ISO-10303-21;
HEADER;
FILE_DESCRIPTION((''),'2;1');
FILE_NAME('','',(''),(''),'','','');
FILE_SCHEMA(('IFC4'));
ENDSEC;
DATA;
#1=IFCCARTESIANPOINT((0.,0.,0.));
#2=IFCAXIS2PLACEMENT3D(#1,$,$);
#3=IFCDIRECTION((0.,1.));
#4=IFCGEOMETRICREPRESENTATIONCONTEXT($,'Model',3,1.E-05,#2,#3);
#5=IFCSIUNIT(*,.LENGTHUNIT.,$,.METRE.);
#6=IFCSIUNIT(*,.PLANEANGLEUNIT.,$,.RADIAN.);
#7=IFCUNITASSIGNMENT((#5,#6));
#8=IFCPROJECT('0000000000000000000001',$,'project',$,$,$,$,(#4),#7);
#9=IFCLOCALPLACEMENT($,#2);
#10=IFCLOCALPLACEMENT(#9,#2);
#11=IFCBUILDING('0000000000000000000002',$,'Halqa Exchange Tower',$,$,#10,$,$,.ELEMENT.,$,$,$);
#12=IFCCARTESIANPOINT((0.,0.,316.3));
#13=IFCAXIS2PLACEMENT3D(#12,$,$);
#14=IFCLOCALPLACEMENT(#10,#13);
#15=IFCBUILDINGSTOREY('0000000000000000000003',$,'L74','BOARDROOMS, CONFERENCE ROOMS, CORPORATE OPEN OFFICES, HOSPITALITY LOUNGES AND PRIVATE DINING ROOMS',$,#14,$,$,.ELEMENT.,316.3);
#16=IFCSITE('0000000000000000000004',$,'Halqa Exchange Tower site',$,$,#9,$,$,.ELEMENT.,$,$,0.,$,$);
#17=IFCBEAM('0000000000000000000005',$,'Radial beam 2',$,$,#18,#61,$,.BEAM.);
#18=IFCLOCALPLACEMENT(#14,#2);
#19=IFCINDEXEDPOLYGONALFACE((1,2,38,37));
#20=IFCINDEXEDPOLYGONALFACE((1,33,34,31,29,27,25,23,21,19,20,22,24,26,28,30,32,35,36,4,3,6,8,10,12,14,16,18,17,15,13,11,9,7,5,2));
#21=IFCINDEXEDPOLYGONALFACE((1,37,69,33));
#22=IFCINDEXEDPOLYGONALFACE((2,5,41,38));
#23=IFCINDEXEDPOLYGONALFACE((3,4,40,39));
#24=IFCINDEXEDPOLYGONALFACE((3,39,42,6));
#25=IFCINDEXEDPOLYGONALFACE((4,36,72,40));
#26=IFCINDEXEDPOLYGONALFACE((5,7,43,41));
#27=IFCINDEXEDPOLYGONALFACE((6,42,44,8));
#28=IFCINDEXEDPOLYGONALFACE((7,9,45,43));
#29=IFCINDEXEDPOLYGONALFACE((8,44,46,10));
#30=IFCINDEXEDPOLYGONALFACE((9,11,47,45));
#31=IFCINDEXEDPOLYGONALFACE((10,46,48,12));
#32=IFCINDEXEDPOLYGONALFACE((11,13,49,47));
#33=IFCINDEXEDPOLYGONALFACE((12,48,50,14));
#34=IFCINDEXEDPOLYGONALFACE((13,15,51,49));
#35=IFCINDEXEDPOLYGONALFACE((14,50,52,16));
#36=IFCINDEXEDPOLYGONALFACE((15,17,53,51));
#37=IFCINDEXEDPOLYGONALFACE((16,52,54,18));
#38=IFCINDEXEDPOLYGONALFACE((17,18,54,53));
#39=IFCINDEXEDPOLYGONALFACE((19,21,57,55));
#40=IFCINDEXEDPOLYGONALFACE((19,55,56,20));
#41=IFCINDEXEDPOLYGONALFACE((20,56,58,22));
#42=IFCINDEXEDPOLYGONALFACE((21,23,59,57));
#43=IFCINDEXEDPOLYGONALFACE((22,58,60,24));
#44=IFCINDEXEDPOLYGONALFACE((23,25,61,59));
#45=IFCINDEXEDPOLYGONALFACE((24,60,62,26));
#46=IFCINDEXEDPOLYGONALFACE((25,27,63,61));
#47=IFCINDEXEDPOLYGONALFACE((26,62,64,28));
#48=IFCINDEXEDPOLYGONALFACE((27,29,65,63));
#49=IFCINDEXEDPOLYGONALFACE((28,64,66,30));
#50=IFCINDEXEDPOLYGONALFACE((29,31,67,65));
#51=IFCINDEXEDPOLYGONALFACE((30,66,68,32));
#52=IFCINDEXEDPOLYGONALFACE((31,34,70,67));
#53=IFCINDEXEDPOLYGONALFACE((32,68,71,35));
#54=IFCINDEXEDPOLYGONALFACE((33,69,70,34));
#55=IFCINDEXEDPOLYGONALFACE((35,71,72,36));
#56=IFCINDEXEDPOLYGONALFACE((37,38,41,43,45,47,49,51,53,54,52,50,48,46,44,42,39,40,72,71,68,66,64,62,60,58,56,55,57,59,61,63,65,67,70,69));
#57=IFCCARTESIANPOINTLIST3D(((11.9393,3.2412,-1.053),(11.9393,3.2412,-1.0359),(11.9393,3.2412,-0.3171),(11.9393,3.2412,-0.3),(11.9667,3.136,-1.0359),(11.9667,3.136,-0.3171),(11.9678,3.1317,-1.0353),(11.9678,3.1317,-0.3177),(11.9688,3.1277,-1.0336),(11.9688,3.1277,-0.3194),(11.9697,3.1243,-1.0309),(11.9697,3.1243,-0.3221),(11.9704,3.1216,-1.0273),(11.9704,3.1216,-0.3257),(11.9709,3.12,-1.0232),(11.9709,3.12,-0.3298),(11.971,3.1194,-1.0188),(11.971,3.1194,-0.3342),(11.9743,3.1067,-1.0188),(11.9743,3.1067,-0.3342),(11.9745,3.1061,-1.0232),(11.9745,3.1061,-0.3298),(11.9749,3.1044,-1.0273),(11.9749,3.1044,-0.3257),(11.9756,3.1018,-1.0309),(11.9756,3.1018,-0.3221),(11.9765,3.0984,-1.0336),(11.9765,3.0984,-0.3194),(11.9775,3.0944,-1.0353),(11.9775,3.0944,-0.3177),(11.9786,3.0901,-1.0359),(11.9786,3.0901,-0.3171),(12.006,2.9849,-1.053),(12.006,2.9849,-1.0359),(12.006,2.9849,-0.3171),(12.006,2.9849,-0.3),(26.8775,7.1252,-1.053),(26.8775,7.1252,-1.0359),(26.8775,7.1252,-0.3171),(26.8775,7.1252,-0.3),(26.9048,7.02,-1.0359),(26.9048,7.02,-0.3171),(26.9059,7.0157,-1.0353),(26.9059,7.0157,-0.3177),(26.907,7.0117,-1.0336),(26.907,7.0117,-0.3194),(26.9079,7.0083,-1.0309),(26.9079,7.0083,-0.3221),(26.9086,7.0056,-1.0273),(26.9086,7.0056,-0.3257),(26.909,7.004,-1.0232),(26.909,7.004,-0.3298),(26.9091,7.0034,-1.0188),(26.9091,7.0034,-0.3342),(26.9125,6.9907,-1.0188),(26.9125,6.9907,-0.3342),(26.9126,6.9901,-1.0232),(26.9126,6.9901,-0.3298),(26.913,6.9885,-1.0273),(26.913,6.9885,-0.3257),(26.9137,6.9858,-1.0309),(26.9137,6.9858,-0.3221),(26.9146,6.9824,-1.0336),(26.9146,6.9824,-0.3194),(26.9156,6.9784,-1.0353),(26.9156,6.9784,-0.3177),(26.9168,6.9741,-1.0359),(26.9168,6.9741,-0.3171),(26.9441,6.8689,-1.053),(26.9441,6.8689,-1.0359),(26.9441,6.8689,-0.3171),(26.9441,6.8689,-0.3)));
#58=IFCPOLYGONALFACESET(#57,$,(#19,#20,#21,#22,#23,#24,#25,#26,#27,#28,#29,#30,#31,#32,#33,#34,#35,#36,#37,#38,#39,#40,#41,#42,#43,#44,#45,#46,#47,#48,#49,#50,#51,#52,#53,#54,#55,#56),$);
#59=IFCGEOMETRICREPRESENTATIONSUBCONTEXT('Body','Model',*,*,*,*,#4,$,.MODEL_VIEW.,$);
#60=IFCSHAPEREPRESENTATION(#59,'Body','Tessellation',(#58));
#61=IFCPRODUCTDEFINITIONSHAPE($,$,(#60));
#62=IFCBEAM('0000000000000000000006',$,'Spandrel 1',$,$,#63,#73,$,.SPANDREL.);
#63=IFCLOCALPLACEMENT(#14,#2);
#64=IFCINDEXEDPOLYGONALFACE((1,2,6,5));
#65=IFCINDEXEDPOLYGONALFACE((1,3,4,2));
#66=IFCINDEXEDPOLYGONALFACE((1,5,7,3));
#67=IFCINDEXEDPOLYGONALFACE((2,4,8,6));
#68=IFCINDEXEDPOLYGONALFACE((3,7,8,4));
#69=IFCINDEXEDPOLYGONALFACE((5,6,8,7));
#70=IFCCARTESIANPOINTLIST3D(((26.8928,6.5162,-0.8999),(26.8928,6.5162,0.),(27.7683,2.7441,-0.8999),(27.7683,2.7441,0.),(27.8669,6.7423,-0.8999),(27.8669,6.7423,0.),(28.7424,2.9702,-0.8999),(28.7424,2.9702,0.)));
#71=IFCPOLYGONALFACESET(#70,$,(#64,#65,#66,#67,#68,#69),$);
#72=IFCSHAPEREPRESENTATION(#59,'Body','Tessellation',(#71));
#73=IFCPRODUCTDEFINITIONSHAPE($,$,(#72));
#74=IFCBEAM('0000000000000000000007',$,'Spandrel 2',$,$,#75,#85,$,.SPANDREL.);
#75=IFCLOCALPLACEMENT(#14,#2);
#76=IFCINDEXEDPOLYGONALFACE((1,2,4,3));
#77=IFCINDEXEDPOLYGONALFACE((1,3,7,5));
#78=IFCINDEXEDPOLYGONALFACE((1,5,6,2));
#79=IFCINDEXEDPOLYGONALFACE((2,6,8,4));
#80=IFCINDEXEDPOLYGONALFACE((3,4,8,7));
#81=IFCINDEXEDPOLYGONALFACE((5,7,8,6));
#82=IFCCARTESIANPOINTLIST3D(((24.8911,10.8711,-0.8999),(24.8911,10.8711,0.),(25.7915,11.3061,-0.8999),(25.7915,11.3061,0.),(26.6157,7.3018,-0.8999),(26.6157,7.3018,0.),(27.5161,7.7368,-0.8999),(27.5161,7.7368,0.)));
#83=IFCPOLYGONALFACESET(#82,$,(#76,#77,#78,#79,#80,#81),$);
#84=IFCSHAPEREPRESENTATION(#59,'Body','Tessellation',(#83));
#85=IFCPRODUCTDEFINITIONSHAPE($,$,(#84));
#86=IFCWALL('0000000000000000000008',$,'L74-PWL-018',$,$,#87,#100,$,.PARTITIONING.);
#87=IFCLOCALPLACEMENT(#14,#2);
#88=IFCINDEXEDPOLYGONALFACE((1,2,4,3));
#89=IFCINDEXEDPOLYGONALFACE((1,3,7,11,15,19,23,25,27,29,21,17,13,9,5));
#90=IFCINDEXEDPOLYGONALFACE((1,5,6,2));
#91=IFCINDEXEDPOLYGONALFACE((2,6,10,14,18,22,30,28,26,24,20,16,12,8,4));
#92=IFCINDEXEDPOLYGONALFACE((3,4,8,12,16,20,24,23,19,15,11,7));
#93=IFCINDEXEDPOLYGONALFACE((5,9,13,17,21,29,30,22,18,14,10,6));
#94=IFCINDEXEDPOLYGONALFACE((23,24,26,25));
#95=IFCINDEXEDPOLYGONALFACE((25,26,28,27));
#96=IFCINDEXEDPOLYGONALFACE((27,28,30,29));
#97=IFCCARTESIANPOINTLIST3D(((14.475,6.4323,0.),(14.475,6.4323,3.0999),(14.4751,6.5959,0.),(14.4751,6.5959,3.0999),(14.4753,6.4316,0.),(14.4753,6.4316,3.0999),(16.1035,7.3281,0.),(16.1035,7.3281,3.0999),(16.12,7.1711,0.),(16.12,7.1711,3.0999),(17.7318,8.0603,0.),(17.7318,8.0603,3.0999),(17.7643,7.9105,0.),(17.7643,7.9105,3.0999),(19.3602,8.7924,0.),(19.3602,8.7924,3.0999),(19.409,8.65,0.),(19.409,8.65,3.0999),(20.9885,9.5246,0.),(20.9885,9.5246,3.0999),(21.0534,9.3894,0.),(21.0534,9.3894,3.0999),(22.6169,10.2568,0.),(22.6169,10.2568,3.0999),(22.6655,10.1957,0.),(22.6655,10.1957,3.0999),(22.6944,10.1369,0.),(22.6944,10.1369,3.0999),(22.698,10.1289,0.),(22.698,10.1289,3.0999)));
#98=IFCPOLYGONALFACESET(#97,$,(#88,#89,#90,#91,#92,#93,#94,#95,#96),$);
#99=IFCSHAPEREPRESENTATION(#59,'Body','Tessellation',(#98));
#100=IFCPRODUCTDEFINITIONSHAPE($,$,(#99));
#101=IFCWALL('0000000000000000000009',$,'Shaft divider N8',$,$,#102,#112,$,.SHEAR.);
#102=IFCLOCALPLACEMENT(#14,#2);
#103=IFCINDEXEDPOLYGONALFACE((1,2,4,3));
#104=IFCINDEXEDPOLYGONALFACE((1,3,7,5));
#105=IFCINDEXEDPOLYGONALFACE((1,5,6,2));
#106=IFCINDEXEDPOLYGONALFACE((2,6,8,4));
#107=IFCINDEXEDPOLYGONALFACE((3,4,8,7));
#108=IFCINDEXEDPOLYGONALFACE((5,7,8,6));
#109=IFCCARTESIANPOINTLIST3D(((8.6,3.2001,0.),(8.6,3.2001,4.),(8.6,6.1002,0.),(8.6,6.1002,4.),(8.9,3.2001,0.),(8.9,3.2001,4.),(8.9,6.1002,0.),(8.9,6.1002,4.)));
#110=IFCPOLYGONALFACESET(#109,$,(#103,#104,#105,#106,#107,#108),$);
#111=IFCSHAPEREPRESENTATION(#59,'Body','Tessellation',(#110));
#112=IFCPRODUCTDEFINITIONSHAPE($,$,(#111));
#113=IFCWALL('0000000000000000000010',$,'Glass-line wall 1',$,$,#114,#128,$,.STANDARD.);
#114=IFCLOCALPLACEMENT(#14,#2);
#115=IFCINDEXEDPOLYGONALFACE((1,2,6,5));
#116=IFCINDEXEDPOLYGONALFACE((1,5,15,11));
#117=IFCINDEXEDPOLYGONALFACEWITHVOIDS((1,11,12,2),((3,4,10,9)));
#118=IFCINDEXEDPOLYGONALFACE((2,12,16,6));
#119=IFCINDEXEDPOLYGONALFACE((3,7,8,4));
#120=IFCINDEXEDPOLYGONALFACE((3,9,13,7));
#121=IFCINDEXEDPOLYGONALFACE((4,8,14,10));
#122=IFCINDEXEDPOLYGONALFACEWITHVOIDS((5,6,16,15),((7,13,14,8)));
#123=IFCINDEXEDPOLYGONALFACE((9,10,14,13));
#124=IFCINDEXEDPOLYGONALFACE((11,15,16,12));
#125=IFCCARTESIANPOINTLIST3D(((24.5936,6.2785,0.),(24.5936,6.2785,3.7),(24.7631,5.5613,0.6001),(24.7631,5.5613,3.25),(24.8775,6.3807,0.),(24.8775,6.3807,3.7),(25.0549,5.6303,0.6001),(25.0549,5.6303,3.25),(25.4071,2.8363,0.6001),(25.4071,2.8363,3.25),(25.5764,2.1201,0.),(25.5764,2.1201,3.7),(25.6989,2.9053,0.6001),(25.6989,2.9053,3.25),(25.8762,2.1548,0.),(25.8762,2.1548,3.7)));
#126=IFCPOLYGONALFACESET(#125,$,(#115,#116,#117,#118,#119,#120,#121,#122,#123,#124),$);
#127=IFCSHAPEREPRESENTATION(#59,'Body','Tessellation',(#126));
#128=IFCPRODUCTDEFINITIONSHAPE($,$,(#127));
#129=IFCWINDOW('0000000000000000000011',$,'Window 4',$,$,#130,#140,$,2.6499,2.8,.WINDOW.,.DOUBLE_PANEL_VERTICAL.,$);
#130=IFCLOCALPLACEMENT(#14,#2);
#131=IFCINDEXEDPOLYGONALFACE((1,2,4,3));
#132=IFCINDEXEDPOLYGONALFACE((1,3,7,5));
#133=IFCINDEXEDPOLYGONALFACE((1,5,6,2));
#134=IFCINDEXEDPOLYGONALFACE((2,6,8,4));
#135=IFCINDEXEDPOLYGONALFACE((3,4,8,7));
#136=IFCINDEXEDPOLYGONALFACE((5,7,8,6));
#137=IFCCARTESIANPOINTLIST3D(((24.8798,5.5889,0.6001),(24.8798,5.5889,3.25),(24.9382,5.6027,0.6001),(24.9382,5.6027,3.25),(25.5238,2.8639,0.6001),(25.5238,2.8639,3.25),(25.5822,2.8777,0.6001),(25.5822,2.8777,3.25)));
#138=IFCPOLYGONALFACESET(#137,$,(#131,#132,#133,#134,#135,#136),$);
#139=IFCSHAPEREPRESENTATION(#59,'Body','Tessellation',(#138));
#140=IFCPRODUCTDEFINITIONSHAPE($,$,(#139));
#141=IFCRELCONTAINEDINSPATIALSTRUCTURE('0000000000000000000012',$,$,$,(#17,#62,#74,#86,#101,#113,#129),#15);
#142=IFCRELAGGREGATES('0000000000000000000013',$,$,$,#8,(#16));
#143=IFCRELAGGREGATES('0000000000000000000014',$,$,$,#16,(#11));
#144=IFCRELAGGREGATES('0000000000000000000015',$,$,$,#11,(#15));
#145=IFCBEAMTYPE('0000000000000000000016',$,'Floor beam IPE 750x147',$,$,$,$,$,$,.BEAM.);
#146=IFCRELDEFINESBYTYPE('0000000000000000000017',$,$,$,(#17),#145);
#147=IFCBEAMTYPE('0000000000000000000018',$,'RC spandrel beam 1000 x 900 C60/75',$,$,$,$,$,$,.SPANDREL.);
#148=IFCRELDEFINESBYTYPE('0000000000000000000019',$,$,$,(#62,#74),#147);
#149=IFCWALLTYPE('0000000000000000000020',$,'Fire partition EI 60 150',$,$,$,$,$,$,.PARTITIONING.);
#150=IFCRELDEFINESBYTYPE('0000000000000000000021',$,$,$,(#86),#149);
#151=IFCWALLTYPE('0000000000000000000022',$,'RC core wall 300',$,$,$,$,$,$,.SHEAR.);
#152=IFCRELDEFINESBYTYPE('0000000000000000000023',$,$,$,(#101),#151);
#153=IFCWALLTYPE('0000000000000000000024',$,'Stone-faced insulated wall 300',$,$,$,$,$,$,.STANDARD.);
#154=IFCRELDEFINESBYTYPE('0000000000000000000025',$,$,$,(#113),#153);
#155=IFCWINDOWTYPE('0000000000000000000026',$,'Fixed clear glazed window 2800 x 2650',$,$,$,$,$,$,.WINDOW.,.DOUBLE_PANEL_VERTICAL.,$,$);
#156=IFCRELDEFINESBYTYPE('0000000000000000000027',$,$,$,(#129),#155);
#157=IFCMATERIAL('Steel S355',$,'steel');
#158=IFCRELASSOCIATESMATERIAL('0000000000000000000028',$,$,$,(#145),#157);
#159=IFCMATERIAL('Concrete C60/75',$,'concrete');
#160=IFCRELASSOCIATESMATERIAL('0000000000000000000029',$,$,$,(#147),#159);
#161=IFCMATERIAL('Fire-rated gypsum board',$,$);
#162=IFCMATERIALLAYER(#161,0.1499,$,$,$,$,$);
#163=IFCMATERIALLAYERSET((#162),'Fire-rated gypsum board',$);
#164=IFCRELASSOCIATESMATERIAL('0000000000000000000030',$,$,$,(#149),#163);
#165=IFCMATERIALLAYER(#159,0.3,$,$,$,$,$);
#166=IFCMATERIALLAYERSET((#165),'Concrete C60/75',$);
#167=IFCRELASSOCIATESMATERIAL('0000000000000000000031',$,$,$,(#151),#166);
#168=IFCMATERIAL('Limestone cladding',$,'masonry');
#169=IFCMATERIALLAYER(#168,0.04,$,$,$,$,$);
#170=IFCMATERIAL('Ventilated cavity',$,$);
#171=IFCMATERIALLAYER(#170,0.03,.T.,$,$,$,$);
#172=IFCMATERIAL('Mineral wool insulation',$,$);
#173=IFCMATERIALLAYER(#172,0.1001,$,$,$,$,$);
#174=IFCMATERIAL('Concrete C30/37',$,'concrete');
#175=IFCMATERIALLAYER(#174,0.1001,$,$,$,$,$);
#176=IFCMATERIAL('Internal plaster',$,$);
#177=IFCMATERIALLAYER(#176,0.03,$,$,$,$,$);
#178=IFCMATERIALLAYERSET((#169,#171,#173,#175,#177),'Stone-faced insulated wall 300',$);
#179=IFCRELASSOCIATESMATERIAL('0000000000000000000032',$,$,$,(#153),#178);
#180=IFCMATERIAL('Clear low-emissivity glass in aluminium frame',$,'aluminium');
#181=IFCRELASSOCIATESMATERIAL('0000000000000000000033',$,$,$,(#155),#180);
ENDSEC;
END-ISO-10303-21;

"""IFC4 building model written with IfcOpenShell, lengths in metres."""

from ifc_helpers import new_model, si_unit, direction, frame, frame_2d, origin, origin_2d, place, context, subcontext, project, spatial, polyline, rectangle, i_section, outline, extrude, material, layer, layer_set, material_profile, profile_set, type_object, element, fill, save


model = new_model("IFC4")

# Units and contexts
model_context = context("Model", 3, precision=1e-05, world=origin(), true_north=direction((0.0, 1.0)))
body_context = subcontext(model_context, "Body", "Model", "MODEL_VIEW")
ifc_project = project(units=[si_unit("LENGTHUNIT", "METRE"), si_unit("PLANEANGLEUNIT", "RADIAN")], contexts=[model_context])

# Site, building, storey
site_placement = place(None, origin())
site = spatial("IfcSite", under=ifc_project, at=site_placement, Name="Halqa Exchange Tower site", CompositionType="ELEMENT", RefElevation=0.0)
building_placement = place(site_placement, origin())
building = spatial("IfcBuilding", under=site, at=building_placement, Name="Halqa Exchange Tower", CompositionType="ELEMENT")
storey_placement = place(building_placement, frame((0.0, 0.0, 316.3)))
storey = spatial("IfcBuildingStorey", under=building, at=storey_placement, Name="L74", Description="BOARDROOMS, CONFERENCE ROOMS, CORPORATE OPEN OFFICES, HOSPITALITY LOUNGES AND PRIVATE DINING ROOMS", CompositionType="ELEMENT", Elevation=316.3)

# Beams
ifc_material_1 = material(Name="Steel S355", Category="steel")
ifc_material_profile_1 = material_profile(ifc_material_1, i_section(OverallWidth=0.2649, OverallDepth=0.7529, WebThickness=0.0132, FlangeThickness=0.0171, FilletRadius=0.0171, at=origin_2d()), Name="IPE 750x147")
ifc_profile_set_1 = profile_set([ifc_material_profile_1], Name="Steel S355")
beam_type_1 = type_object("IfcBeamType", Name="Floor beam IPE 750x147", PredefinedType="BEAM", material=ifc_profile_set_1)
beam_1_placement = place(storey_placement, frame((11.9727, 3.113, -0.6765), z_axis=(0.967821, 0.251639, 0.0), x_axis=(-0.251639, 0.967821, 0.0)))
element("IfcBeam", 1, at=beam_1_placement, inside=storey, type_object=beam_type_1, Name="Radial beam 2", PredefinedType="BEAM", context=body_context, shape_type="SweptSolid", body=[
    extrude(i_section(OverallWidth=0.2649, OverallDepth=0.7529, WebThickness=0.0132, FlangeThickness=0.0171, FilletRadius=0.0171, at=origin_2d()), origin(), (0.0, 0.0, 1.0), 15.4348),
])
ifc_material_2 = material(Name="Concrete C60/75", Category="concrete")
ifc_material_profile_2 = material_profile(ifc_material_2, rectangle(XDim=1.0, YDim=0.8999, at=origin_2d()), Name="1000 x 900")
ifc_profile_set_2 = profile_set([ifc_material_profile_2], Name="Concrete C60/75")
beam_type_2 = type_object("IfcBeamType", Name="RC spandrel beam 1000 x 900 C60/75", PredefinedType="SPANDREL", material=ifc_profile_set_2)
beam_2_placement = place(storey_placement, frame((28.2554, 2.8572, -0.45), z_axis=(-0.226093, 0.974106, 0.0), x_axis=(-0.974106, -0.226093, 0.0)))
element("IfcBeam", 2, at=beam_2_placement, inside=storey, type_object=beam_type_2, Name="Spandrel 1", PredefinedType="SPANDREL", context=body_context, shape_type="SweptSolid", body=[
    extrude(rectangle(XDim=1.0, YDim=0.8999, at=origin_2d()), origin(), (0.0, 0.0, 1.0), 3.8723),
])
beam_3_placement = place(storey_placement, frame((27.0659, 7.5193, -0.45), z_axis=(-0.435052, 0.900405, 0.0), x_axis=(-0.900405, -0.435052, 0.0)))
element("IfcBeam", 3, at=beam_3_placement, inside=storey, type_object=beam_type_2, Name="Spandrel 2", PredefinedType="SPANDREL", context=body_context, shape_type="SweptSolid", body=[
    extrude(rectangle(XDim=1.0, YDim=0.8999, at=origin_2d()), origin(), (0.0, 0.0, 1.0), 3.9641),
])

# Walls
ifc_material_3 = material(Name="Fire-rated gypsum board")
ifc_layer_1 = layer(ifc_material_3, 0.1499)
ifc_layer_set_1 = layer_set([ifc_layer_1], Name="Fire-rated gypsum board")
wall_type_1 = type_object("IfcWallType", Name="Fire partition EI 60 150", PredefinedType="PARTITIONING", material=ifc_layer_set_1)
wall_1_placement = place(storey_placement, frame((22.6672, 10.1973, 0.0), z_axis=(0.0, 0.0, 1.0), x_axis=(-0.912043, -0.410094, 0.0)))
element("IfcWall", 4, at=wall_1_placement, inside=storey, type_object=wall_type_1, Name="L74-PWL-018", PredefinedType="PARTITIONING", context=body_context, shape_type="SweptSolid", body=[
    extrude(outline(polyline([(0.0215, -0.075), (1.8069, -0.075), (3.5923, -0.075), (5.3777, -0.075), (7.1631, -0.075), (8.9485, -0.075), (9.0156, 0.0742), (9.0156, 0.075), (7.2124, 0.075), (5.4094, 0.075), (3.6062, 0.075), (1.8032, 0.075), (0.0, 0.075), (0.0, 0.0662), (0.0022, 0.0007), (0.0215, -0.075)])), origin(), (0.0, 0.0, 1.0), 3.0999),
])
ifc_layer_2 = layer(ifc_material_2, 0.3)
ifc_layer_set_2 = layer_set([ifc_layer_2], Name="Concrete C60/75")
wall_type_2 = type_object("IfcWallType", Name="RC core wall 300", PredefinedType="SHEAR", material=ifc_layer_set_2)
wall_2_placement = place(storey_placement, frame((8.75, 3.2, 0.0), z_axis=(0.0, 0.0, 1.0), x_axis=(0.0, 1.0, 0.0)))
element("IfcWall", 5, at=wall_2_placement, inside=storey, type_object=wall_type_2, Name="Shaft divider N8", PredefinedType="SHEAR", context=body_context, shape_type="SweptSolid", body=[
    extrude(rectangle(XDim=2.9001, YDim=0.3, at=frame_2d((1.4502, 0.0))), origin(), (0.0, 0.0, 1.0), 4.0),
])

# Wall, opening, window
ifc_material_4 = material(Name="Limestone cladding", Category="masonry")
ifc_layer_3 = layer(ifc_material_4, 0.04)
ifc_material_5 = material(Name="Ventilated cavity")
ifc_layer_4 = layer(ifc_material_5, 0.03, ventilated=True)
ifc_material_6 = material(Name="Mineral wool insulation")
ifc_layer_5 = layer(ifc_material_6, 0.1001)
ifc_material_7 = material(Name="Concrete C30/37", Category="concrete")
ifc_layer_6 = layer(ifc_material_7, 0.1001)
ifc_material_8 = material(Name="Internal plaster")
ifc_layer_7 = layer(ifc_material_8, 0.03)
ifc_layer_set_3 = layer_set([ifc_layer_3, ifc_layer_4, ifc_layer_5, ifc_layer_6, ifc_layer_7], Name="Stone-faced insulated wall 300")
wall_type_3 = type_object("IfcWallType", Name="Stone-faced insulated wall 300", PredefinedType="STANDARD", material=ifc_layer_set_3)
wall_3_placement = place(storey_placement, frame((25.7263, 2.1375, 0.0), z_axis=(0.0, 0.0, 1.0), x_axis=(-0.229993, 0.973192, 0.0)))
wall_3 = element("IfcWall", 6, at=wall_3_placement, inside=storey, type_object=wall_type_3, Name="Glass-line wall 1", PredefinedType="STANDARD", context=body_context, shape_type="SweptSolid", body=[
    extrude(outline(polyline([(-0.0176, -0.1499), (4.3247, -0.1499), (4.2905, 0.1499), (0.0176, 0.1499), (-0.0176, -0.1499)])), origin(), (0.0, 0.0, 1.0), 3.7),
])
opening_1_placement = place(wall_3_placement, frame((0.7537, 0.0, 0.6001)))
opening_1 = element("IfcOpeningElement", 7, at=opening_1_placement, cuts=wall_3, PredefinedType="OPENING", context=body_context, shape_type="SweptSolid", body=[
    extrude(rectangle(XDim=2.8, YDim=2.6499, at=frame_2d((1.3999, 1.325))), frame((0.0, 0.1621, 0.0), z_axis=(0.0, -1.0, 0.0), x_axis=(1.0, 0.0, 0.0)), (0.0, 0.0, 1.0), 0.324),
])
ifc_material_9 = material(Name="Clear low-emissivity glass in aluminium frame", Category="aluminium")
window_type = type_object("IfcWindowType", Name="Fixed clear glazed window 2800 x 2650", PartitioningType="DOUBLE_PANEL_VERTICAL", PredefinedType="WINDOW", material=ifc_material_9)
window_1_placement = place(opening_1_placement, origin())
window_1 = element("IfcWindow", 8, at=window_1_placement, inside=storey, type_object=window_type, Name="Window 4", OverallHeight=2.6499, OverallWidth=2.8, PartitioningType="DOUBLE_PANEL_VERTICAL", PredefinedType="WINDOW", context=body_context, shape_type="SweptSolid", body=[
    extrude(rectangle(XDim=2.8, YDim=2.6499, at=frame_2d((1.3999, 1.325))), frame((0.0, 0.03, 0.0), z_axis=(0.0, -1.0, 0.0), x_axis=(1.0, 0.0, 0.0)), (0.0, 0.0, 1.0), 0.0601),
])
fill(opening_1, window_1)

save(model, "model.ifc")
